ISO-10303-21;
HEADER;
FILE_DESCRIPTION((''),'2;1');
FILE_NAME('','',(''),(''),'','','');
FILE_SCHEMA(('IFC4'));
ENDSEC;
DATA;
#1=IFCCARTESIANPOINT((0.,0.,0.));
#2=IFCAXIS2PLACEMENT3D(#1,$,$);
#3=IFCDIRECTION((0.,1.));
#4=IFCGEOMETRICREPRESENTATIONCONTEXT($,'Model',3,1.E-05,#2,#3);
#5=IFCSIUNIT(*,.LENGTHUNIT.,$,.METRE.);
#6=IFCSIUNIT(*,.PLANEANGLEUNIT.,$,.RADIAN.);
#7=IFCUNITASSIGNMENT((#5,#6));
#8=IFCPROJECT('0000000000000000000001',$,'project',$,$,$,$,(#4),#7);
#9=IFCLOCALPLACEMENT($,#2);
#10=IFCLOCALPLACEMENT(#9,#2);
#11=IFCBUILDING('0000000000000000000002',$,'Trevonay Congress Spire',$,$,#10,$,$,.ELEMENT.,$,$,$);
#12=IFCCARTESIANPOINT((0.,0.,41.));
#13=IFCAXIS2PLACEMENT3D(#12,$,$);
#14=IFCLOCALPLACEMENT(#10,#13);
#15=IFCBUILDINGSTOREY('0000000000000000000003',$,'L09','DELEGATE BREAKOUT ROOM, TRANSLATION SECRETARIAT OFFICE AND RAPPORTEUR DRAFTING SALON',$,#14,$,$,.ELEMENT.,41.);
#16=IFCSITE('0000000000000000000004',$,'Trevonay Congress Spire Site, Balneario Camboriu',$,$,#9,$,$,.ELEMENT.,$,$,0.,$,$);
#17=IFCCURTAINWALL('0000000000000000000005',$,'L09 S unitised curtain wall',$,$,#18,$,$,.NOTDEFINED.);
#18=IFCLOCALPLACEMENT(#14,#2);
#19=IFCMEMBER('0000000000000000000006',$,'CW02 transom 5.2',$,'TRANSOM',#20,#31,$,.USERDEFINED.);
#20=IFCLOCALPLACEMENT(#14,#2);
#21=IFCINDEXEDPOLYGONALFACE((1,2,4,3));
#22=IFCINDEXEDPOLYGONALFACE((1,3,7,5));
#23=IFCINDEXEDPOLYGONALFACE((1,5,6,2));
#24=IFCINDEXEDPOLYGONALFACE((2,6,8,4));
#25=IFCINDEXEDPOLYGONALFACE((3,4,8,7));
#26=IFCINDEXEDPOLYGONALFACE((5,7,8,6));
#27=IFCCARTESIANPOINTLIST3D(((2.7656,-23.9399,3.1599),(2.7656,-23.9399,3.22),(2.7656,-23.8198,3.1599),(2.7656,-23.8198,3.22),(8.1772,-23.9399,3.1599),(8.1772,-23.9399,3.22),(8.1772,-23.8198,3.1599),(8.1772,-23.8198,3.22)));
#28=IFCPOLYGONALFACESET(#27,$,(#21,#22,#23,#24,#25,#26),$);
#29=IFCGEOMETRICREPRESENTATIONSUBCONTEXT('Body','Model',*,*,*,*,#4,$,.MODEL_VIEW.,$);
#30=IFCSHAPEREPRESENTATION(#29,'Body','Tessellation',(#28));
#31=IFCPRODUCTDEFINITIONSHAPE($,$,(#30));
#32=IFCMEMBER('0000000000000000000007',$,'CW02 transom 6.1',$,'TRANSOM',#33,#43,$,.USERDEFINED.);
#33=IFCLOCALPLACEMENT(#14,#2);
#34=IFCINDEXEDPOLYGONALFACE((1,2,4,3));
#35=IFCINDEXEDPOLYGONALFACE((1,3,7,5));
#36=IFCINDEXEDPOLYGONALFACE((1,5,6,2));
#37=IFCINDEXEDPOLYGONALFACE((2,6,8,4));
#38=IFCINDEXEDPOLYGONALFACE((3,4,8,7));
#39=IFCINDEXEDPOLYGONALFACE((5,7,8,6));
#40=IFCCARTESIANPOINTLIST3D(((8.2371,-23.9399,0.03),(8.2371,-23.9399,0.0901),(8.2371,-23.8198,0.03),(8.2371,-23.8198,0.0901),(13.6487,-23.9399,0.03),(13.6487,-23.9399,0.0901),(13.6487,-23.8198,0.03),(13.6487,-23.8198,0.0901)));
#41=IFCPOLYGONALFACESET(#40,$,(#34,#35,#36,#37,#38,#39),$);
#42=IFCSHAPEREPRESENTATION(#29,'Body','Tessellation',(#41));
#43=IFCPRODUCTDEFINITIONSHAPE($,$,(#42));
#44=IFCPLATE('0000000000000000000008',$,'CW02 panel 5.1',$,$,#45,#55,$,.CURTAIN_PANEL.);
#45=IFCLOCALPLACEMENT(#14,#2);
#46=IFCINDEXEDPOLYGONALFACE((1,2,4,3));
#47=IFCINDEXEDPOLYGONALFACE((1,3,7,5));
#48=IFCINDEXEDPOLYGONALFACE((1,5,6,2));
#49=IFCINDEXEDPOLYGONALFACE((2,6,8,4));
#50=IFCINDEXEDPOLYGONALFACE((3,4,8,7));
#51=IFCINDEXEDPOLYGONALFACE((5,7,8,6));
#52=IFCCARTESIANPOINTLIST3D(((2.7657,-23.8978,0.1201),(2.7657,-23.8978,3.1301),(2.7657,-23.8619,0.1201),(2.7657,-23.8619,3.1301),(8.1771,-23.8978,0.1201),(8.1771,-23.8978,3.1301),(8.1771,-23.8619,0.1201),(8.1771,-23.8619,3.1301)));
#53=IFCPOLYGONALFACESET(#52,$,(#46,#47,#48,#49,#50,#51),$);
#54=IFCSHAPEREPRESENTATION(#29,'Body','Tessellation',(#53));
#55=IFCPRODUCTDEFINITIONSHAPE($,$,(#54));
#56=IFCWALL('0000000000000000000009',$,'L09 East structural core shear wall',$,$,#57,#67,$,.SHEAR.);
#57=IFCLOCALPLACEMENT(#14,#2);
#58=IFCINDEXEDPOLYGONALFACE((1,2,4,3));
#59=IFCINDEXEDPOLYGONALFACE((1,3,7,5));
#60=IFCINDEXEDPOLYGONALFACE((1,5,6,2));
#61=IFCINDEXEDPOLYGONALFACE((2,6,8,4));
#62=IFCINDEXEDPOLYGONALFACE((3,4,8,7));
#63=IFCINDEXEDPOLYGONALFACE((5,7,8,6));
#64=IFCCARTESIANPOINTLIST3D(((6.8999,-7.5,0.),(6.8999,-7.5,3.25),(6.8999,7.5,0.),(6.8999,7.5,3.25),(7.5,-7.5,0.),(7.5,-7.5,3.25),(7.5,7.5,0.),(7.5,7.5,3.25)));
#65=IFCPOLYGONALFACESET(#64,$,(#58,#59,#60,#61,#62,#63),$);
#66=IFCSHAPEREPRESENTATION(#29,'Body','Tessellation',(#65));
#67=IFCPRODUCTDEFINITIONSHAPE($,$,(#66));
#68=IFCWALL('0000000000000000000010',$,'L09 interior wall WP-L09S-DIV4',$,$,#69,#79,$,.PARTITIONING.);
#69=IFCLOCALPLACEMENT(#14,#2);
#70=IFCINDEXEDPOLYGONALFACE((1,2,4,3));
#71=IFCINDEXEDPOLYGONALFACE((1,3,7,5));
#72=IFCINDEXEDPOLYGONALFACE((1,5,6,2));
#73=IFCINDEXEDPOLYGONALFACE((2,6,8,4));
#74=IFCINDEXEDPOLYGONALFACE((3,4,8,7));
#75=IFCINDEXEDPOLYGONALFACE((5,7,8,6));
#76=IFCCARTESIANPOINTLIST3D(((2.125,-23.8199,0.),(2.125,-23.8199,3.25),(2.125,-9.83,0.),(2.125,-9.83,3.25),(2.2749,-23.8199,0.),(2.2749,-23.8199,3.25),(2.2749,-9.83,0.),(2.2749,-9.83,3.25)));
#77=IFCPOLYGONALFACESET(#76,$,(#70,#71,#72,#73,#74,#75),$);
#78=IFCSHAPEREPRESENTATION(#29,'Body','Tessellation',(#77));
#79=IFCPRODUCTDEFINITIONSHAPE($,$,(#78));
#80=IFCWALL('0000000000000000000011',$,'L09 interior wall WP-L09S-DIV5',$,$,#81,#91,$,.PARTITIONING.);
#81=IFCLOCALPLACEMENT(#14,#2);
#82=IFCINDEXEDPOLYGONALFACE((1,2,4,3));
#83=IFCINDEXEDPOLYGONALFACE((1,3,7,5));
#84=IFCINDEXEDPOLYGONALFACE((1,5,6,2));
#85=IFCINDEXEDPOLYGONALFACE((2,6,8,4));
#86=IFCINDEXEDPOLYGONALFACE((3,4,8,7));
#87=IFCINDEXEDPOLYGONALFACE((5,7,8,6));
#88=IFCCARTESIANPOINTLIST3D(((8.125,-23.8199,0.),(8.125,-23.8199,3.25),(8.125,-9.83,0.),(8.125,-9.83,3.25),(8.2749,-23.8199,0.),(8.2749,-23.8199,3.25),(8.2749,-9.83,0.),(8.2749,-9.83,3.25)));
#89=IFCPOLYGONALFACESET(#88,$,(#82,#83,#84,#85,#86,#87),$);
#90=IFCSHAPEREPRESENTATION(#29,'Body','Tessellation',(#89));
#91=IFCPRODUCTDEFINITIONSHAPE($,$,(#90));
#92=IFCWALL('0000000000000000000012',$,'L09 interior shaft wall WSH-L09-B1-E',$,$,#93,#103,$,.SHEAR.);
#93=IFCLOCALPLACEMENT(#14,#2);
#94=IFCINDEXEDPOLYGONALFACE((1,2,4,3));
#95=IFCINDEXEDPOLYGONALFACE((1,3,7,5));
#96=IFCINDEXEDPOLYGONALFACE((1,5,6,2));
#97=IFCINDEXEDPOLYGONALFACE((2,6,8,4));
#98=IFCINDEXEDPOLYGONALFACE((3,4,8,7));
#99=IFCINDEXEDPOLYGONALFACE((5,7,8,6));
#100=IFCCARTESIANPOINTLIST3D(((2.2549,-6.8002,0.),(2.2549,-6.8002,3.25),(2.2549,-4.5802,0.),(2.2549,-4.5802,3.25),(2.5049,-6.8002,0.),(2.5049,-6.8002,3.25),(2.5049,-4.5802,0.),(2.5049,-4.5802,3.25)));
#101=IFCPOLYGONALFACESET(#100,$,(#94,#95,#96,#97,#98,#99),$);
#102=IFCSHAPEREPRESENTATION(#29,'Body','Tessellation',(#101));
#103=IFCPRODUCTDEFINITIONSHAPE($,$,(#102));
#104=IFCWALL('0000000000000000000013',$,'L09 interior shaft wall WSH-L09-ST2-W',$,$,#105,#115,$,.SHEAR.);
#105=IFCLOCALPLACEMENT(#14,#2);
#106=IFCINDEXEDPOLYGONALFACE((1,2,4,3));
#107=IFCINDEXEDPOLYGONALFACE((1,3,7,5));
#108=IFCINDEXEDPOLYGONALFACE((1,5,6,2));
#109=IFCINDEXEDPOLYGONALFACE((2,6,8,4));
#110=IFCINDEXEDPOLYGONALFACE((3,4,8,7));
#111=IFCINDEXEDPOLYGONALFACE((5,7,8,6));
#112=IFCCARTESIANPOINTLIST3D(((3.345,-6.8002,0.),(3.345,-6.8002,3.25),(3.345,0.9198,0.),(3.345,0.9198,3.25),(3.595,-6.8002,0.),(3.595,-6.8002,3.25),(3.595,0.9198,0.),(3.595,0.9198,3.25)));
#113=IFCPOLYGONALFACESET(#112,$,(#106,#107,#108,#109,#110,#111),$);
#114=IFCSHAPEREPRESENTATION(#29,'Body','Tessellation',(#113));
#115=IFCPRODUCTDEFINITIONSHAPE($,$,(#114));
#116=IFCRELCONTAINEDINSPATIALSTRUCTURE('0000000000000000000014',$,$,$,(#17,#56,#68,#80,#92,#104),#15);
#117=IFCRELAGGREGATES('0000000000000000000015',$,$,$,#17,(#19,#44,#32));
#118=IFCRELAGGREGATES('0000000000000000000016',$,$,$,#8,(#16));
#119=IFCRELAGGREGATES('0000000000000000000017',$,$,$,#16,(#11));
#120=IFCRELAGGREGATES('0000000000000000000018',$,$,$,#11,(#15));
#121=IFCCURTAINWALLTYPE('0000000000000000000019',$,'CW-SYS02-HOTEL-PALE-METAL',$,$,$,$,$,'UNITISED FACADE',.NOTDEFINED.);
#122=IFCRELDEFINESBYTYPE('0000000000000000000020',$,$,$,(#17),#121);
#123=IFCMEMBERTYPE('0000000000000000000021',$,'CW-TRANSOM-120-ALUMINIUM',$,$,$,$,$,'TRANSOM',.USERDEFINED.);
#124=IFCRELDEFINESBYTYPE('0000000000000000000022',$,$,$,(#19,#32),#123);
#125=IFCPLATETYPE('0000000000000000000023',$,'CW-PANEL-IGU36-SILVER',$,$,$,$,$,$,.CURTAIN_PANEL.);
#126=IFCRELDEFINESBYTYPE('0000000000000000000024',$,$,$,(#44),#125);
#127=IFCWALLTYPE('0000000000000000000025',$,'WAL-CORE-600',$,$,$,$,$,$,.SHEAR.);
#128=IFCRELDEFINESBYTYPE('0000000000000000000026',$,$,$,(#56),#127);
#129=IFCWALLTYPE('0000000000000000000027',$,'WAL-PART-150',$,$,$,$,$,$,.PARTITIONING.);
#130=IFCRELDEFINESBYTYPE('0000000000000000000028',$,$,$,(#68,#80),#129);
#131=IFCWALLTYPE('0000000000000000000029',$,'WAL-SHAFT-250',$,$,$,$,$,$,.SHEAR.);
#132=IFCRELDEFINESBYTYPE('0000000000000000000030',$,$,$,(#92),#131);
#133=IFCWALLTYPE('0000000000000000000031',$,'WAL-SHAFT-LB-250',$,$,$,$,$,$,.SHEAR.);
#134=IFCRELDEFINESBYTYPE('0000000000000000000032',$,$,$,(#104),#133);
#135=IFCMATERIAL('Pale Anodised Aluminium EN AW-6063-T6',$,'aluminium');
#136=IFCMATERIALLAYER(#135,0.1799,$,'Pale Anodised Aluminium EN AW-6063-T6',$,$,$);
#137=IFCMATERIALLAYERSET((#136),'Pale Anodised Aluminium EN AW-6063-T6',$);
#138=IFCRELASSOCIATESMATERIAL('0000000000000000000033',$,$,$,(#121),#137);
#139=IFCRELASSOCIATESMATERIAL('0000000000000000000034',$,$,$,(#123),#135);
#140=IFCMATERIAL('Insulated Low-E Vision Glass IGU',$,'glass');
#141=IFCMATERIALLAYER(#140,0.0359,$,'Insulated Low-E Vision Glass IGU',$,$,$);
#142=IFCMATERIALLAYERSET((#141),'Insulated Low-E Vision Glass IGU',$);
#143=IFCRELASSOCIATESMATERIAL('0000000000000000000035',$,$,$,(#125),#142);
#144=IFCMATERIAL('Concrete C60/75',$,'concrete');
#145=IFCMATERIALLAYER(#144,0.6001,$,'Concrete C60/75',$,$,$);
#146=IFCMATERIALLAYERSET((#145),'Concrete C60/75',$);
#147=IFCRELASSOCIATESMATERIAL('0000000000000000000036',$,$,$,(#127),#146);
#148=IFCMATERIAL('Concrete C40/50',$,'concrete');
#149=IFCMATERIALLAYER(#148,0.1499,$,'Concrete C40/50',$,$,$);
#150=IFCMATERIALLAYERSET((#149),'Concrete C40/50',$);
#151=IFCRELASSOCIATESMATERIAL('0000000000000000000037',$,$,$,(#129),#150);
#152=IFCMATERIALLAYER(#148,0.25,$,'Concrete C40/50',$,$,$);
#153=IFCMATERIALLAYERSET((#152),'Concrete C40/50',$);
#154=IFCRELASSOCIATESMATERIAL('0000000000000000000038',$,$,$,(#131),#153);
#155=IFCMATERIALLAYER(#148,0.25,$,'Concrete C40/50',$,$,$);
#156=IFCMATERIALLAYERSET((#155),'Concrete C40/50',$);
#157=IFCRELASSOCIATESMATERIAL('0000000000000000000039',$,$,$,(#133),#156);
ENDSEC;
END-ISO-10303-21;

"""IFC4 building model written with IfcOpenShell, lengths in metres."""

from ifc_helpers import new_model, si_unit, direction, frame, frame_2d, origin, origin_2d, place, context, subcontext, project, spatial, rectangle, extrude, material, layer, layer_set, material_profile, profile_set, type_object, element, aggregate, save


model = new_model("IFC4")

# Units and contexts
model_context = context("Model", 3, precision=1e-05, world=origin(), true_north=direction((0.0, 1.0)))
body_context = subcontext(model_context, "Body", "Model", "MODEL_VIEW")
ifc_project = project(units=[si_unit("LENGTHUNIT", "METRE"), si_unit("PLANEANGLEUNIT", "RADIAN")], contexts=[model_context])

# Site, building, storey
site_placement = place(None, origin())
site = spatial("IfcSite", under=ifc_project, at=site_placement, Name="Trevonay Congress Spire Site, Balneario Camboriu", CompositionType="ELEMENT", RefElevation=0.0)
building_placement = place(site_placement, origin())
building = spatial("IfcBuilding", under=site, at=building_placement, Name="Trevonay Congress Spire", CompositionType="ELEMENT")
storey_placement = place(building_placement, frame((0.0, 0.0, 41.0)))
storey = spatial("IfcBuildingStorey", under=building, at=storey_placement, Name="L09", Description="DELEGATE BREAKOUT ROOM, TRANSLATION SECRETARIAT OFFICE AND RAPPORTEUR DRAFTING SALON", CompositionType="ELEMENT", Elevation=41.0)

# Curtain wall, members, plate
ifc_material_1 = material(Name="Pale Anodised Aluminium EN AW-6063-T6", Category="aluminium")
ifc_layer_1 = layer(ifc_material_1, 0.1799, Name="Pale Anodised Aluminium EN AW-6063-T6")
ifc_layer_set_1 = layer_set([ifc_layer_1], Name="Pale Anodised Aluminium EN AW-6063-T6")
curtain_wall_type = type_object("IfcCurtainWallType", Name="CW-SYS02-HOTEL-PALE-METAL", ElementType="UNITISED FACADE", PredefinedType="NOTDEFINED", material=ifc_layer_set_1)
curtain_wall_placement = place(storey_placement, origin())
curtain_wall = element("IfcCurtainWall", 1, at=curtain_wall_placement, inside=storey, type_object=curtain_wall_type, Name="L09 S unitised curtain wall", PredefinedType="NOTDEFINED")
ifc_material_profile_1 = material_profile(ifc_material_1, rectangle(XDim=0.1201, YDim=0.0601, at=origin_2d()), Name="CW-TRANSOM-120-ALUMINIUM")
ifc_profile_set_1 = profile_set([ifc_material_profile_1], Name="Pale Anodised Aluminium EN AW-6063-T6")
member_type_1 = type_object("IfcMemberType", Name="CW-TRANSOM-120-ALUMINIUM", ElementType="TRANSOM", PredefinedType="USERDEFINED", material=ifc_profile_set_1)
member_1_placement = place(storey_placement, frame((2.7656, -23.8799, 3.1899), z_axis=(1.0, 0.0, 0.0), x_axis=(0.0, 1.0, 0.0)))
member_1 = element("IfcMember", 2, at=member_1_placement, type_object=member_type_1, Name="CW02 transom 5.2", ObjectType="TRANSOM", PredefinedType="USERDEFINED", context=body_context, shape_type="SweptSolid", body=[
    extrude(rectangle(XDim=0.1201, YDim=0.0601, at=origin_2d()), origin(), (0.0, 0.0, 1.0), 5.4116),
])
member_2_placement = place(storey_placement, frame((8.2371, -23.8799, 0.0601), z_axis=(1.0, 0.0, 0.0), x_axis=(0.0, 1.0, 0.0)))
member_2 = element("IfcMember", 3, at=member_2_placement, type_object=member_type_1, Name="CW02 transom 6.1", ObjectType="TRANSOM", PredefinedType="USERDEFINED", context=body_context, shape_type="SweptSolid", body=[
    extrude(rectangle(XDim=0.1201, YDim=0.0601, at=origin_2d()), origin(), (0.0, 0.0, 1.0), 5.4116),
])
ifc_material_2 = material(Name="Insulated Low-E Vision Glass IGU", Category="glass")
ifc_layer_2 = layer(ifc_material_2, 0.0359, Name="Insulated Low-E Vision Glass IGU")
ifc_layer_set_2 = layer_set([ifc_layer_2], Name="Insulated Low-E Vision Glass IGU")
plate_type = type_object("IfcPlateType", Name="CW-PANEL-IGU36-SILVER", PredefinedType="CURTAIN_PANEL", material=ifc_layer_set_2)
plate_placement = place(storey_placement, frame((5.4714, -23.8799, 0.1201), z_axis=(0.0, 0.0, 1.0), x_axis=(1.0, 0.0, 0.0)))
plate = element("IfcPlate", 4, at=plate_placement, type_object=plate_type, Name="CW02 panel 5.1", PredefinedType="CURTAIN_PANEL", context=body_context, shape_type="SweptSolid", body=[
    extrude(rectangle(XDim=5.4114, YDim=0.0359, at=origin_2d()), origin(), (0.0, 0.0, 1.0), 3.01),
])
aggregate(curtain_wall, [member_1, plate, member_2])

# Walls
ifc_material_3 = material(Name="Concrete C60/75", Category="concrete")
ifc_layer_3 = layer(ifc_material_3, 0.6001, Name="Concrete C60/75")
ifc_layer_set_3 = layer_set([ifc_layer_3], Name="Concrete C60/75")
wall_type_1 = type_object("IfcWallType", Name="WAL-CORE-600", PredefinedType="SHEAR", material=ifc_layer_set_3)
wall_1_placement = place(storey_placement, frame((7.2, -7.5, 0.0), z_axis=(0.0, 0.0, 1.0), x_axis=(0.0, 1.0, 0.0)))
element("IfcWall", 5, at=wall_1_placement, inside=storey, type_object=wall_type_1, Name="L09 East structural core shear wall", PredefinedType="SHEAR", context=body_context, shape_type="SweptSolid", body=[
    extrude(rectangle(XDim=15.0, YDim=0.6001, at=frame_2d((7.5, 0.0))), origin(), (0.0, 0.0, 1.0), 3.25),
])
ifc_material_4 = material(Name="Concrete C40/50", Category="concrete")
ifc_layer_4 = layer(ifc_material_4, 0.1499, Name="Concrete C40/50")
ifc_layer_set_4 = layer_set([ifc_layer_4], Name="Concrete C40/50")
wall_type_2 = type_object("IfcWallType", Name="WAL-PART-150", PredefinedType="PARTITIONING", material=ifc_layer_set_4)
for number, where, z_axis, x_axis, name in (
    (6, (2.2, -23.8201, 0.0), (0.0, 0.0, 1.0), (0.0, 1.0, 0.0), "L09 interior wall WP-L09S-DIV4"),
    (7, (8.2, -23.8201, 0.0), (0.0, 0.0, 1.0), (0.0, 1.0, 0.0), "L09 interior wall WP-L09S-DIV5"),
):
    element("IfcWall", number, at=place(storey_placement, frame(where, z_axis=z_axis, x_axis=x_axis)), inside=storey, type_object=wall_type_2, Name=name, PredefinedType="PARTITIONING", context=body_context, shape_type="SweptSolid", body=[
        extrude(rectangle(XDim=13.99, YDim=0.1499, at=frame_2d((6.9951, 0.0))), origin(), (0.0, 0.0, 1.0), 3.25),
    ])
ifc_layer_5 = layer(ifc_material_4, 0.25, Name="Concrete C40/50")
ifc_layer_set_5 = layer_set([ifc_layer_5], Name="Concrete C40/50")
wall_type_3 = type_object("IfcWallType", Name="WAL-SHAFT-250", PredefinedType="SHEAR", material=ifc_layer_set_5)
wall_2_placement = place(storey_placement, frame((2.3799, -6.8, 0.0), z_axis=(0.0, 0.0, 1.0), x_axis=(0.0, 1.0, 0.0)))
element("IfcWall", 8, at=wall_2_placement, inside=storey, type_object=wall_type_3, Name="L09 interior shaft wall WSH-L09-B1-E", PredefinedType="SHEAR", context=body_context, shape_type="SweptSolid", body=[
    extrude(rectangle(XDim=2.22, YDim=0.25, at=frame_2d((1.1099, 0.0))), origin(), (0.0, 0.0, 1.0), 3.25),
])
ifc_layer_6 = layer(ifc_material_4, 0.25, Name="Concrete C40/50")
ifc_layer_set_6 = layer_set([ifc_layer_6], Name="Concrete C40/50")
wall_type_4 = type_object("IfcWallType", Name="WAL-SHAFT-LB-250", PredefinedType="SHEAR", material=ifc_layer_set_6)
wall_3_placement = place(storey_placement, frame((3.47, -6.8, 0.0), z_axis=(0.0, 0.0, 1.0), x_axis=(0.0, 1.0, 0.0)))
element("IfcWall", 9, at=wall_3_placement, inside=storey, type_object=wall_type_4, Name="L09 interior shaft wall WSH-L09-ST2-W", PredefinedType="SHEAR", context=body_context, shape_type="SweptSolid", body=[
    extrude(rectangle(XDim=7.72, YDim=0.25, at=frame_2d((3.8599, 0.0))), origin(), (0.0, 0.0, 1.0), 3.25),
])

save(model, "model.ifc")
